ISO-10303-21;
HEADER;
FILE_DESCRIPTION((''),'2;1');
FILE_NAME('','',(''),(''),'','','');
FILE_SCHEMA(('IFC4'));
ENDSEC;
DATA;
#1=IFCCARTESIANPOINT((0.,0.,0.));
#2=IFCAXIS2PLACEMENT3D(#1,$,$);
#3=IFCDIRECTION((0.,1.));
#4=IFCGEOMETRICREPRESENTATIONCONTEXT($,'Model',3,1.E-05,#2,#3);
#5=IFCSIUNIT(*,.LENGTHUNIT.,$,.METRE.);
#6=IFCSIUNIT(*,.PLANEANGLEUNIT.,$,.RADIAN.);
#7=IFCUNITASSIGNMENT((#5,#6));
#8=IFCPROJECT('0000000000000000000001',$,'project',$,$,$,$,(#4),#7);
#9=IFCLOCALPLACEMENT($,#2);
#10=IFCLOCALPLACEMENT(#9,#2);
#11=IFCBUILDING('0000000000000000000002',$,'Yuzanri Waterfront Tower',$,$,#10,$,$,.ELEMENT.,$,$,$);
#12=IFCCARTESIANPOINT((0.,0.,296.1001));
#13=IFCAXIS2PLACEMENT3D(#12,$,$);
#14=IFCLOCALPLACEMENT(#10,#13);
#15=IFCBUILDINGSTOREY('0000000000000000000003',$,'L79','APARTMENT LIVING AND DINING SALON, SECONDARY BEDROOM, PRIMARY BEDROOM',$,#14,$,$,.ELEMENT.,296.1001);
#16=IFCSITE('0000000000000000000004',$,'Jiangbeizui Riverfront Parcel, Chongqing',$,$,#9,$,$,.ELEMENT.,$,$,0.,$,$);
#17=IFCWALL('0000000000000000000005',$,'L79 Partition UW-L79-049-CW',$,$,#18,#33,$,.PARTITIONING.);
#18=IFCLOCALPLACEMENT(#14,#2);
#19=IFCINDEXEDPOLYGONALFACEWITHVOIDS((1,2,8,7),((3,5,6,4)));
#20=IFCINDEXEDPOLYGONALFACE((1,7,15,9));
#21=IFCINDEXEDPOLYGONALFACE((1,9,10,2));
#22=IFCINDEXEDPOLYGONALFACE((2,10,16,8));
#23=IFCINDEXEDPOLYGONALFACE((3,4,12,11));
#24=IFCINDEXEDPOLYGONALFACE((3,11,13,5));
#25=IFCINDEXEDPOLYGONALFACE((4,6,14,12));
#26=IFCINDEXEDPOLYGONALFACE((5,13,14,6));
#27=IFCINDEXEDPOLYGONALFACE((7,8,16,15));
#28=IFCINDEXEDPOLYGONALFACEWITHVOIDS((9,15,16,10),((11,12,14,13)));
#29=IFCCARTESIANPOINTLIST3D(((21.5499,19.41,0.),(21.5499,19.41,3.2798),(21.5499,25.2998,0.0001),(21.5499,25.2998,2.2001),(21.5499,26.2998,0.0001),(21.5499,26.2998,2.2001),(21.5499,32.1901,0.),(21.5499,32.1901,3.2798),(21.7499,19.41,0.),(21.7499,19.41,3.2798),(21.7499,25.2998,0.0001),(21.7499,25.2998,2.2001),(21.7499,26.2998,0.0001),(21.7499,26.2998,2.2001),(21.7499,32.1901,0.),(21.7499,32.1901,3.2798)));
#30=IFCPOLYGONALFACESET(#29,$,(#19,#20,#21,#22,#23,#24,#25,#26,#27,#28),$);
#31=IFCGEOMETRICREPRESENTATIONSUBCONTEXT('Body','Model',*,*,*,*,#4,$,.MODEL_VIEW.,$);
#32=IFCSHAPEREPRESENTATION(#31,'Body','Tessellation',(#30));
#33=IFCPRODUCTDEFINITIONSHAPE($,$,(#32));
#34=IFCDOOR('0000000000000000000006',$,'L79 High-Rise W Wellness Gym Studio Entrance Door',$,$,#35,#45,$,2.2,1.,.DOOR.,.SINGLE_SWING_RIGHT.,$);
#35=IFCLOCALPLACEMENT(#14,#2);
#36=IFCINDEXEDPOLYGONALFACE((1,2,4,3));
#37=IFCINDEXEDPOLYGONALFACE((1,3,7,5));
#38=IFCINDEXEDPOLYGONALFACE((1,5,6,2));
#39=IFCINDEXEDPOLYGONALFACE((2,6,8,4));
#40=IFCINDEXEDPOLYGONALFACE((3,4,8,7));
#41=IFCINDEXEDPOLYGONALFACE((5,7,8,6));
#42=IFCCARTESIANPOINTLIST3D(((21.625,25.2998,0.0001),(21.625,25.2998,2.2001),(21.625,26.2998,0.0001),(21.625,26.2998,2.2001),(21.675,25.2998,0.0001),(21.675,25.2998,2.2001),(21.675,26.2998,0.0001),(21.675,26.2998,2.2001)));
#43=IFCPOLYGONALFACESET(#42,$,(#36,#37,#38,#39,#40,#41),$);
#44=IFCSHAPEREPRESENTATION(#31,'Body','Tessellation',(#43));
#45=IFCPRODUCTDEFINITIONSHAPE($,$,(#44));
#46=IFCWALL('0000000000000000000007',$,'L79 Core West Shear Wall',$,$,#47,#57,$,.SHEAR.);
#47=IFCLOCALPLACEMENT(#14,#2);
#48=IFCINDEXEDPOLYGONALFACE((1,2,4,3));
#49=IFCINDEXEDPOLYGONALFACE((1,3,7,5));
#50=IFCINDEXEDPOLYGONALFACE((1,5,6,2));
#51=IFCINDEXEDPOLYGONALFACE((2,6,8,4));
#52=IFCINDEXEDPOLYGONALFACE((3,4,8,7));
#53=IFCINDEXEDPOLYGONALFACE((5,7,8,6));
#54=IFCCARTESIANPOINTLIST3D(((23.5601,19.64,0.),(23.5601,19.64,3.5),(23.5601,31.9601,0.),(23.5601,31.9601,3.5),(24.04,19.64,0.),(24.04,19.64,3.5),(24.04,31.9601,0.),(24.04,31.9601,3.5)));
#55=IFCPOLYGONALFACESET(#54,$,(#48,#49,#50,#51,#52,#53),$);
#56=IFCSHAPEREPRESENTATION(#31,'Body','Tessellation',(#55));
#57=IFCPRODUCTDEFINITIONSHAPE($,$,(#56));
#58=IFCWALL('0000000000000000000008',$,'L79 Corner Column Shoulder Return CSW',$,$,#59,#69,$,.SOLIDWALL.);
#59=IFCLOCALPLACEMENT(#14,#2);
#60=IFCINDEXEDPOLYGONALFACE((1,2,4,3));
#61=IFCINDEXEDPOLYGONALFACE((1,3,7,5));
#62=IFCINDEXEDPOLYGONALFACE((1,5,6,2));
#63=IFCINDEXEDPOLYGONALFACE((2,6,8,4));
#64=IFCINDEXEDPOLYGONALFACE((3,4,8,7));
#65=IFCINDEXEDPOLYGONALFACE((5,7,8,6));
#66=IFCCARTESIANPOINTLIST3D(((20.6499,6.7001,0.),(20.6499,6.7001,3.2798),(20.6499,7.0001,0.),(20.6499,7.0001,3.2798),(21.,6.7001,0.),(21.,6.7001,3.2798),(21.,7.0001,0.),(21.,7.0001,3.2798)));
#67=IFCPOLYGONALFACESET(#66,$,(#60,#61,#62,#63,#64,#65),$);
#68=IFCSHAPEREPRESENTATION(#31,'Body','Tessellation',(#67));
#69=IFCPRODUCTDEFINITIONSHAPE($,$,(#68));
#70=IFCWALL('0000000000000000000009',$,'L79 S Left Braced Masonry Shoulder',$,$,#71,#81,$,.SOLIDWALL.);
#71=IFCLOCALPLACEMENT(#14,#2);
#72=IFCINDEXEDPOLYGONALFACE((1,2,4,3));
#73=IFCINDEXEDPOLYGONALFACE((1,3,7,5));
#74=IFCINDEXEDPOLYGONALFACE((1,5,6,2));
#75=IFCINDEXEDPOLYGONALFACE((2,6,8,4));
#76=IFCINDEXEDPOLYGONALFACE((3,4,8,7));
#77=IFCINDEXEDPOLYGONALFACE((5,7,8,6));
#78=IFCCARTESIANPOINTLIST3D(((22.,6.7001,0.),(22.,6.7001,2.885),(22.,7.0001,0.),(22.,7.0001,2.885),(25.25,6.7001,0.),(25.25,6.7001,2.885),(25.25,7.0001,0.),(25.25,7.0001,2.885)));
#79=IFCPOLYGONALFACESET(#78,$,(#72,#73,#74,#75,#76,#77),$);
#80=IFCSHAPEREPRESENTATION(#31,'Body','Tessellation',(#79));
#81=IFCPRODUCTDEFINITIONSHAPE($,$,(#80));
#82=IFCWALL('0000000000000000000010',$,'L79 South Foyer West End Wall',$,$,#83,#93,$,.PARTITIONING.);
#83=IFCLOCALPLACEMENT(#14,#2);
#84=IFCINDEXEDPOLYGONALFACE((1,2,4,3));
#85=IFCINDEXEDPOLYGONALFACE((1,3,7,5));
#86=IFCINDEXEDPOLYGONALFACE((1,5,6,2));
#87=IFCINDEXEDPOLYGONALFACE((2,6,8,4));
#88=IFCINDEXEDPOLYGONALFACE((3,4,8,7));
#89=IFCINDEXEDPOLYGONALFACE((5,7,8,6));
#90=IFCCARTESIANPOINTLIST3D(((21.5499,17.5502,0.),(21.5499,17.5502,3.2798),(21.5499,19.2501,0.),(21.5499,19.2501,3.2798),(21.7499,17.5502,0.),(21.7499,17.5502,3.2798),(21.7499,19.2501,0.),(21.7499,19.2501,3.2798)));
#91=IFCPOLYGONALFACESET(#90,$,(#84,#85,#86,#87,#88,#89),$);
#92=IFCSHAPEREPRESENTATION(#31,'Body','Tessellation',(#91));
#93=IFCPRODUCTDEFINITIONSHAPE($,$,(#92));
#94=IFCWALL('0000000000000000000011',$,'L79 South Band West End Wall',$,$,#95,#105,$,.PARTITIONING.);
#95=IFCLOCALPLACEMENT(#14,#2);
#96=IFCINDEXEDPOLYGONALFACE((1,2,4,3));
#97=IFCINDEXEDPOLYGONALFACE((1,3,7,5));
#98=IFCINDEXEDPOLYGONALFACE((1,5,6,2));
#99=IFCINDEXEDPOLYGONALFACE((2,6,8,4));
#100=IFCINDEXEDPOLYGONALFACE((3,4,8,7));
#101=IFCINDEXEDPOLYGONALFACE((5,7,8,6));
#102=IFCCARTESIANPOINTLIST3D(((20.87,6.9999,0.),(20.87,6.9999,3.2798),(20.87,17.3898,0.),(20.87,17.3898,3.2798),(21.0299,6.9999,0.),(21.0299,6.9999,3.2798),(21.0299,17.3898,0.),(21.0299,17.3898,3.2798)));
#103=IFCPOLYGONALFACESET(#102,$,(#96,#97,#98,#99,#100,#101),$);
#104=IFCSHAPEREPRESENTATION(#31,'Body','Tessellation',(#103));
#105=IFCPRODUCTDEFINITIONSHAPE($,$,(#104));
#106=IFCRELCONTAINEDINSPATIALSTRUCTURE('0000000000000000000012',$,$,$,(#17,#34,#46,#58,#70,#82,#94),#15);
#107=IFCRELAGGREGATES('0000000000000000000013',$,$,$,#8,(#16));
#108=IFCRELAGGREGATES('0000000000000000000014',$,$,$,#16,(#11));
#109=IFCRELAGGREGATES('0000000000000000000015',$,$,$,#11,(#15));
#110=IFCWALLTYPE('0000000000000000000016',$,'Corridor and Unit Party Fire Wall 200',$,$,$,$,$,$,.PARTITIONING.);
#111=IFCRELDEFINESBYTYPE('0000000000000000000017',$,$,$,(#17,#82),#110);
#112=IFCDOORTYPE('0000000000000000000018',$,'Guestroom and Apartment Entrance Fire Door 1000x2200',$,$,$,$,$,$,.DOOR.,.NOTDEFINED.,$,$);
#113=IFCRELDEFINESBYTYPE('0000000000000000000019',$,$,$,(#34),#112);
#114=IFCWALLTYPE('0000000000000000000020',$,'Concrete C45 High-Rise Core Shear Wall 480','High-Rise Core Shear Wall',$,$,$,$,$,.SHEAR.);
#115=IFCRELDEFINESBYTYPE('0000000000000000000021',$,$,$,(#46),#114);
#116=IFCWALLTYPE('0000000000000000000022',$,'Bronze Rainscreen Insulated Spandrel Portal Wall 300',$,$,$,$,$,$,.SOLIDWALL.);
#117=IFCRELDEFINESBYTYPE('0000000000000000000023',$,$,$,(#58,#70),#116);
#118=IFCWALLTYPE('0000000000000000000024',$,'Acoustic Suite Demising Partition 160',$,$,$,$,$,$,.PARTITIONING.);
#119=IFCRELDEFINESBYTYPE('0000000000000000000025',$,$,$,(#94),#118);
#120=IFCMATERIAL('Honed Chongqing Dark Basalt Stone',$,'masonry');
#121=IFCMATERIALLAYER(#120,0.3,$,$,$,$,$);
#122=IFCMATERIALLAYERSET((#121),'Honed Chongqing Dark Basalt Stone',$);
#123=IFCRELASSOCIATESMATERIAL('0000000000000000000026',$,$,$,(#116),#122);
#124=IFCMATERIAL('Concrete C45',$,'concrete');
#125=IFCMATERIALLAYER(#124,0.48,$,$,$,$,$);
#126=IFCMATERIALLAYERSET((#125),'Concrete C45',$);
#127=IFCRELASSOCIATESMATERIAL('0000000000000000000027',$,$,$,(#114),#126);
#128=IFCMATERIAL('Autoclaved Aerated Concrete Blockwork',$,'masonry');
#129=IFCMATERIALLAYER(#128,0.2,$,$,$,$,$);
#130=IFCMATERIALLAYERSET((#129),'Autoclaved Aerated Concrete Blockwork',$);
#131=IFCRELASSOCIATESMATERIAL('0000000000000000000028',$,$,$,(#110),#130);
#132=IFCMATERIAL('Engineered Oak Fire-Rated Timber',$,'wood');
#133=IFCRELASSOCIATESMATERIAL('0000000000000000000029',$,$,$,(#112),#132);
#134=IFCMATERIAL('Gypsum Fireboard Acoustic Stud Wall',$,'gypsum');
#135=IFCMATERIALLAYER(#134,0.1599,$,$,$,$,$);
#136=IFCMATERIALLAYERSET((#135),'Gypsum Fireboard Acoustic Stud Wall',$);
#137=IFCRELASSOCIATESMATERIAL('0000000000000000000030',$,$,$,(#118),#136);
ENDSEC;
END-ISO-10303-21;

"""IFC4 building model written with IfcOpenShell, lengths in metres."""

from ifc_helpers import new_model, si_unit, direction, frame, frame_2d, origin, place, context, subcontext, project, spatial, rectangle, extrude, source, transform, mapped, material, layer, layer_set, type_object, element, fill, save


model = new_model("IFC4")

# Units and contexts
model_context = context("Model", 3, precision=1e-05, world=origin(), true_north=direction((0.0, 1.0)))
body_context = subcontext(model_context, "Body", "Model", "MODEL_VIEW")
ifc_project = project(units=[si_unit("LENGTHUNIT", "METRE"), si_unit("PLANEANGLEUNIT", "RADIAN")], contexts=[model_context])

# Site, building, storey
site_placement = place(None, origin())
site = spatial("IfcSite", under=ifc_project, at=site_placement, Name="Jiangbeizui Riverfront Parcel, Chongqing", CompositionType="ELEMENT", RefElevation=0.0)
building_placement = place(site_placement, origin())
building = spatial("IfcBuilding", under=site, at=building_placement, Name="Yuzanri Waterfront Tower", CompositionType="ELEMENT")
storey_placement = place(building_placement, frame((0.0, 0.0, 296.1001)))
storey = spatial("IfcBuildingStorey", under=building, at=storey_placement, Name="L79", Description="APARTMENT LIVING AND DINING SALON, SECONDARY BEDROOM, PRIMARY BEDROOM", CompositionType="ELEMENT", Elevation=296.1001)

# Shared definitions
ifc_material_1 = material(Name="Honed Chongqing Dark Basalt Stone", Category="masonry")
ifc_layer_1 = layer(ifc_material_1, 0.3)
ifc_layer_set_1 = layer_set([ifc_layer_1], Name="Honed Chongqing Dark Basalt Stone")
wall_type_1 = type_object("IfcWallType", Name="Bronze Rainscreen Insulated Spandrel Portal Wall 300", PredefinedType="SOLIDWALL", material=ifc_layer_set_1)

# Shared definitions
ifc_material_2 = material(Name="Concrete C45", Category="concrete")
ifc_layer_2 = layer(ifc_material_2, 0.48)
ifc_layer_set_2 = layer_set([ifc_layer_2], Name="Concrete C45")
wall_type_2 = type_object("IfcWallType", Name="Concrete C45 High-Rise Core Shear Wall 480", Description="High-Rise Core Shear Wall", PredefinedType="SHEAR", material=ifc_layer_set_2)

# Wall, opening, door
ifc_material_3 = material(Name="Autoclaved Aerated Concrete Blockwork", Category="masonry")
ifc_layer_3 = layer(ifc_material_3, 0.2)
ifc_layer_set_3 = layer_set([ifc_layer_3], Name="Autoclaved Aerated Concrete Blockwork")
wall_type_3 = type_object("IfcWallType", Name="Corridor and Unit Party Fire Wall 200", PredefinedType="PARTITIONING", material=ifc_layer_set_3)
ifc_material_4 = material(Name="Engineered Oak Fire-Rated Timber", Category="wood")
door_type_1 = type_object("IfcDoorType", Name="Guestroom and Apartment Entrance Fire Door 1000x2200", OperationType="NOTDEFINED", PredefinedType="DOOR", material=ifc_material_4)
shared_shape_1 = source(origin(), body_context, "Body", "SweptSolid", [
    extrude(rectangle(XDim=1.0, YDim=2.2, at=frame_2d((0.5, 1.1001))), frame((0.0, 0.0249, 0.0), z_axis=(0.0, -1.0, 0.0), x_axis=(1.0, 0.0, 0.0)), (0.0, 0.0, 1.0), 0.05),
])
wall_1_placement = place(storey_placement, frame((21.6499, 19.4099, 0.0), z_axis=(0.0, 0.0, 1.0), x_axis=(0.0, 1.0, 0.0)))
wall_1 = element("IfcWall", 1, at=wall_1_placement, inside=storey, type_object=wall_type_3, Name="L79 Partition UW-L79-049-CW", PredefinedType="PARTITIONING", context=body_context, shape_type="SweptSolid", body=[
    extrude(rectangle(XDim=12.78, YDim=0.2, at=frame_2d((6.3901, 0.0))), origin(), (0.0, 0.0, 1.0), 3.2798),
])
opening_1_placement = place(wall_1_placement, frame((5.8899, 0.0, 0.0)))
opening_1 = element("IfcOpeningElement", 2, at=opening_1_placement, cuts=wall_1, PredefinedType="OPENING", context=body_context, shape_type="SweptSolid", body=[
    extrude(rectangle(XDim=1.0, YDim=2.2, at=frame_2d((0.5, 1.1001))), frame((0.0, 0.1147, 0.0), z_axis=(0.0, -1.0, 0.0), x_axis=(1.0, 0.0, 0.0)), (0.0, 0.0, 1.0), 0.2297),
])
door_1_placement = place(opening_1_placement, origin())
door_1 = element("IfcDoor", 3, at=door_1_placement, inside=storey, type_object=door_type_1, Name="L79 High-Rise W Wellness Gym Studio Entrance Door", OperationType="SINGLE_SWING_RIGHT", OverallHeight=2.2, OverallWidth=1.0, PredefinedType="DOOR", context=body_context, shape_type="MappedRepresentation", body=[
    mapped(shared_shape_1, transform((0.0, 0.0, 0.0), scale=1.0)),
])
fill(opening_1, door_1)

# Walls
shared_shape_2 = source(origin(), body_context, "Body", "SweptSolid", [
    extrude(rectangle(XDim=12.3201, YDim=0.48, at=frame_2d((6.1602, 0.0))), origin(), (0.0, 0.0, 1.0), 3.5),
])
wall_2_placement = place(storey_placement, frame((23.8, 19.6399, 0.0), z_axis=(0.0, 0.0, 1.0), x_axis=(0.0, 1.0, 0.0)))
element("IfcWall", 4, at=wall_2_placement, inside=storey, type_object=wall_type_2, Name="L79 Core West Shear Wall", PredefinedType="SHEAR", context=body_context, shape_type="MappedRepresentation", body=[
    mapped(shared_shape_2, transform((0.0, 0.0, 0.0), scale=1.0)),
])
shared_shape_3 = source(origin(), body_context, "Body", "SweptSolid", [
    extrude(rectangle(XDim=0.3501, YDim=0.3, at=frame_2d((0.175, 0.0))), origin(), (0.0, 0.0, 1.0), 3.2798),
])
wall_3_placement = place(storey_placement, frame((20.6499, 6.8501, 0.0), z_axis=(0.0, 0.0, 1.0), x_axis=(1.0, 0.0, 0.0)))
element("IfcWall", 5, at=wall_3_placement, inside=storey, type_object=wall_type_1, Name="L79 Corner Column Shoulder Return CSW", PredefinedType="SOLIDWALL", context=body_context, shape_type="MappedRepresentation", body=[
    mapped(shared_shape_3, transform((0.0, 0.0, 0.0), scale=1.0)),
])
shared_shape_4 = source(origin(), body_context, "Body", "SweptSolid", [
    extrude(rectangle(XDim=3.25, YDim=0.3, at=frame_2d((1.625, 0.0))), origin(), (0.0, 0.0, 1.0), 2.885),
])
wall_4_placement = place(storey_placement, frame((22.0, 6.8501, 0.0), z_axis=(0.0, 0.0, 1.0), x_axis=(1.0, 0.0, 0.0)))
element("IfcWall", 6, at=wall_4_placement, inside=storey, type_object=wall_type_1, Name="L79 S Left Braced Masonry Shoulder", PredefinedType="SOLIDWALL", context=body_context, shape_type="MappedRepresentation", body=[
    mapped(shared_shape_4, transform((0.0, 0.0, 0.0), scale=1.0)),
])
shared_shape_5 = source(origin(), body_context, "Body", "SweptSolid", [
    extrude(rectangle(XDim=1.7, YDim=0.2, at=frame_2d((0.8501, 0.0))), origin(), (0.0, 0.0, 1.0), 3.2798),
])
wall_5_placement = place(storey_placement, frame((21.6499, 17.55, 0.0), z_axis=(0.0, 0.0, 1.0), x_axis=(0.0, 1.0, 0.0)))
element("IfcWall", 7, at=wall_5_placement, inside=storey, type_object=wall_type_3, Name="L79 South Foyer West End Wall", PredefinedType="PARTITIONING", context=body_context, shape_type="MappedRepresentation", body=[
    mapped(shared_shape_5, transform((0.0, 0.0, 0.0), scale=1.0)),
])
ifc_material_5 = material(Name="Gypsum Fireboard Acoustic Stud Wall", Category="gypsum")
ifc_layer_4 = layer(ifc_material_5, 0.1599)
ifc_layer_set_4 = layer_set([ifc_layer_4], Name="Gypsum Fireboard Acoustic Stud Wall")
wall_type_4 = type_object("IfcWallType", Name="Acoustic Suite Demising Partition 160", PredefinedType="PARTITIONING", material=ifc_layer_set_4)
shared_shape_6 = source(origin(), body_context, "Body", "SweptSolid", [
    extrude(rectangle(XDim=10.3899, YDim=0.1599, at=frame_2d((5.1948, 0.0))), origin(), (0.0, 0.0, 1.0), 3.2798),
])
wall_6_placement = place(storey_placement, frame((20.95, 7.0, 0.0), z_axis=(0.0, 0.0, 1.0), x_axis=(0.0, 1.0, 0.0)))
element("IfcWall", 8, at=wall_6_placement, inside=storey, type_object=wall_type_4, Name="L79 South Band West End Wall", PredefinedType="PARTITIONING", context=body_context, shape_type="MappedRepresentation", body=[
    mapped(shared_shape_6, transform((0.0, 0.0, 0.0), scale=1.0)),
])

save(model, "model.ifc")
